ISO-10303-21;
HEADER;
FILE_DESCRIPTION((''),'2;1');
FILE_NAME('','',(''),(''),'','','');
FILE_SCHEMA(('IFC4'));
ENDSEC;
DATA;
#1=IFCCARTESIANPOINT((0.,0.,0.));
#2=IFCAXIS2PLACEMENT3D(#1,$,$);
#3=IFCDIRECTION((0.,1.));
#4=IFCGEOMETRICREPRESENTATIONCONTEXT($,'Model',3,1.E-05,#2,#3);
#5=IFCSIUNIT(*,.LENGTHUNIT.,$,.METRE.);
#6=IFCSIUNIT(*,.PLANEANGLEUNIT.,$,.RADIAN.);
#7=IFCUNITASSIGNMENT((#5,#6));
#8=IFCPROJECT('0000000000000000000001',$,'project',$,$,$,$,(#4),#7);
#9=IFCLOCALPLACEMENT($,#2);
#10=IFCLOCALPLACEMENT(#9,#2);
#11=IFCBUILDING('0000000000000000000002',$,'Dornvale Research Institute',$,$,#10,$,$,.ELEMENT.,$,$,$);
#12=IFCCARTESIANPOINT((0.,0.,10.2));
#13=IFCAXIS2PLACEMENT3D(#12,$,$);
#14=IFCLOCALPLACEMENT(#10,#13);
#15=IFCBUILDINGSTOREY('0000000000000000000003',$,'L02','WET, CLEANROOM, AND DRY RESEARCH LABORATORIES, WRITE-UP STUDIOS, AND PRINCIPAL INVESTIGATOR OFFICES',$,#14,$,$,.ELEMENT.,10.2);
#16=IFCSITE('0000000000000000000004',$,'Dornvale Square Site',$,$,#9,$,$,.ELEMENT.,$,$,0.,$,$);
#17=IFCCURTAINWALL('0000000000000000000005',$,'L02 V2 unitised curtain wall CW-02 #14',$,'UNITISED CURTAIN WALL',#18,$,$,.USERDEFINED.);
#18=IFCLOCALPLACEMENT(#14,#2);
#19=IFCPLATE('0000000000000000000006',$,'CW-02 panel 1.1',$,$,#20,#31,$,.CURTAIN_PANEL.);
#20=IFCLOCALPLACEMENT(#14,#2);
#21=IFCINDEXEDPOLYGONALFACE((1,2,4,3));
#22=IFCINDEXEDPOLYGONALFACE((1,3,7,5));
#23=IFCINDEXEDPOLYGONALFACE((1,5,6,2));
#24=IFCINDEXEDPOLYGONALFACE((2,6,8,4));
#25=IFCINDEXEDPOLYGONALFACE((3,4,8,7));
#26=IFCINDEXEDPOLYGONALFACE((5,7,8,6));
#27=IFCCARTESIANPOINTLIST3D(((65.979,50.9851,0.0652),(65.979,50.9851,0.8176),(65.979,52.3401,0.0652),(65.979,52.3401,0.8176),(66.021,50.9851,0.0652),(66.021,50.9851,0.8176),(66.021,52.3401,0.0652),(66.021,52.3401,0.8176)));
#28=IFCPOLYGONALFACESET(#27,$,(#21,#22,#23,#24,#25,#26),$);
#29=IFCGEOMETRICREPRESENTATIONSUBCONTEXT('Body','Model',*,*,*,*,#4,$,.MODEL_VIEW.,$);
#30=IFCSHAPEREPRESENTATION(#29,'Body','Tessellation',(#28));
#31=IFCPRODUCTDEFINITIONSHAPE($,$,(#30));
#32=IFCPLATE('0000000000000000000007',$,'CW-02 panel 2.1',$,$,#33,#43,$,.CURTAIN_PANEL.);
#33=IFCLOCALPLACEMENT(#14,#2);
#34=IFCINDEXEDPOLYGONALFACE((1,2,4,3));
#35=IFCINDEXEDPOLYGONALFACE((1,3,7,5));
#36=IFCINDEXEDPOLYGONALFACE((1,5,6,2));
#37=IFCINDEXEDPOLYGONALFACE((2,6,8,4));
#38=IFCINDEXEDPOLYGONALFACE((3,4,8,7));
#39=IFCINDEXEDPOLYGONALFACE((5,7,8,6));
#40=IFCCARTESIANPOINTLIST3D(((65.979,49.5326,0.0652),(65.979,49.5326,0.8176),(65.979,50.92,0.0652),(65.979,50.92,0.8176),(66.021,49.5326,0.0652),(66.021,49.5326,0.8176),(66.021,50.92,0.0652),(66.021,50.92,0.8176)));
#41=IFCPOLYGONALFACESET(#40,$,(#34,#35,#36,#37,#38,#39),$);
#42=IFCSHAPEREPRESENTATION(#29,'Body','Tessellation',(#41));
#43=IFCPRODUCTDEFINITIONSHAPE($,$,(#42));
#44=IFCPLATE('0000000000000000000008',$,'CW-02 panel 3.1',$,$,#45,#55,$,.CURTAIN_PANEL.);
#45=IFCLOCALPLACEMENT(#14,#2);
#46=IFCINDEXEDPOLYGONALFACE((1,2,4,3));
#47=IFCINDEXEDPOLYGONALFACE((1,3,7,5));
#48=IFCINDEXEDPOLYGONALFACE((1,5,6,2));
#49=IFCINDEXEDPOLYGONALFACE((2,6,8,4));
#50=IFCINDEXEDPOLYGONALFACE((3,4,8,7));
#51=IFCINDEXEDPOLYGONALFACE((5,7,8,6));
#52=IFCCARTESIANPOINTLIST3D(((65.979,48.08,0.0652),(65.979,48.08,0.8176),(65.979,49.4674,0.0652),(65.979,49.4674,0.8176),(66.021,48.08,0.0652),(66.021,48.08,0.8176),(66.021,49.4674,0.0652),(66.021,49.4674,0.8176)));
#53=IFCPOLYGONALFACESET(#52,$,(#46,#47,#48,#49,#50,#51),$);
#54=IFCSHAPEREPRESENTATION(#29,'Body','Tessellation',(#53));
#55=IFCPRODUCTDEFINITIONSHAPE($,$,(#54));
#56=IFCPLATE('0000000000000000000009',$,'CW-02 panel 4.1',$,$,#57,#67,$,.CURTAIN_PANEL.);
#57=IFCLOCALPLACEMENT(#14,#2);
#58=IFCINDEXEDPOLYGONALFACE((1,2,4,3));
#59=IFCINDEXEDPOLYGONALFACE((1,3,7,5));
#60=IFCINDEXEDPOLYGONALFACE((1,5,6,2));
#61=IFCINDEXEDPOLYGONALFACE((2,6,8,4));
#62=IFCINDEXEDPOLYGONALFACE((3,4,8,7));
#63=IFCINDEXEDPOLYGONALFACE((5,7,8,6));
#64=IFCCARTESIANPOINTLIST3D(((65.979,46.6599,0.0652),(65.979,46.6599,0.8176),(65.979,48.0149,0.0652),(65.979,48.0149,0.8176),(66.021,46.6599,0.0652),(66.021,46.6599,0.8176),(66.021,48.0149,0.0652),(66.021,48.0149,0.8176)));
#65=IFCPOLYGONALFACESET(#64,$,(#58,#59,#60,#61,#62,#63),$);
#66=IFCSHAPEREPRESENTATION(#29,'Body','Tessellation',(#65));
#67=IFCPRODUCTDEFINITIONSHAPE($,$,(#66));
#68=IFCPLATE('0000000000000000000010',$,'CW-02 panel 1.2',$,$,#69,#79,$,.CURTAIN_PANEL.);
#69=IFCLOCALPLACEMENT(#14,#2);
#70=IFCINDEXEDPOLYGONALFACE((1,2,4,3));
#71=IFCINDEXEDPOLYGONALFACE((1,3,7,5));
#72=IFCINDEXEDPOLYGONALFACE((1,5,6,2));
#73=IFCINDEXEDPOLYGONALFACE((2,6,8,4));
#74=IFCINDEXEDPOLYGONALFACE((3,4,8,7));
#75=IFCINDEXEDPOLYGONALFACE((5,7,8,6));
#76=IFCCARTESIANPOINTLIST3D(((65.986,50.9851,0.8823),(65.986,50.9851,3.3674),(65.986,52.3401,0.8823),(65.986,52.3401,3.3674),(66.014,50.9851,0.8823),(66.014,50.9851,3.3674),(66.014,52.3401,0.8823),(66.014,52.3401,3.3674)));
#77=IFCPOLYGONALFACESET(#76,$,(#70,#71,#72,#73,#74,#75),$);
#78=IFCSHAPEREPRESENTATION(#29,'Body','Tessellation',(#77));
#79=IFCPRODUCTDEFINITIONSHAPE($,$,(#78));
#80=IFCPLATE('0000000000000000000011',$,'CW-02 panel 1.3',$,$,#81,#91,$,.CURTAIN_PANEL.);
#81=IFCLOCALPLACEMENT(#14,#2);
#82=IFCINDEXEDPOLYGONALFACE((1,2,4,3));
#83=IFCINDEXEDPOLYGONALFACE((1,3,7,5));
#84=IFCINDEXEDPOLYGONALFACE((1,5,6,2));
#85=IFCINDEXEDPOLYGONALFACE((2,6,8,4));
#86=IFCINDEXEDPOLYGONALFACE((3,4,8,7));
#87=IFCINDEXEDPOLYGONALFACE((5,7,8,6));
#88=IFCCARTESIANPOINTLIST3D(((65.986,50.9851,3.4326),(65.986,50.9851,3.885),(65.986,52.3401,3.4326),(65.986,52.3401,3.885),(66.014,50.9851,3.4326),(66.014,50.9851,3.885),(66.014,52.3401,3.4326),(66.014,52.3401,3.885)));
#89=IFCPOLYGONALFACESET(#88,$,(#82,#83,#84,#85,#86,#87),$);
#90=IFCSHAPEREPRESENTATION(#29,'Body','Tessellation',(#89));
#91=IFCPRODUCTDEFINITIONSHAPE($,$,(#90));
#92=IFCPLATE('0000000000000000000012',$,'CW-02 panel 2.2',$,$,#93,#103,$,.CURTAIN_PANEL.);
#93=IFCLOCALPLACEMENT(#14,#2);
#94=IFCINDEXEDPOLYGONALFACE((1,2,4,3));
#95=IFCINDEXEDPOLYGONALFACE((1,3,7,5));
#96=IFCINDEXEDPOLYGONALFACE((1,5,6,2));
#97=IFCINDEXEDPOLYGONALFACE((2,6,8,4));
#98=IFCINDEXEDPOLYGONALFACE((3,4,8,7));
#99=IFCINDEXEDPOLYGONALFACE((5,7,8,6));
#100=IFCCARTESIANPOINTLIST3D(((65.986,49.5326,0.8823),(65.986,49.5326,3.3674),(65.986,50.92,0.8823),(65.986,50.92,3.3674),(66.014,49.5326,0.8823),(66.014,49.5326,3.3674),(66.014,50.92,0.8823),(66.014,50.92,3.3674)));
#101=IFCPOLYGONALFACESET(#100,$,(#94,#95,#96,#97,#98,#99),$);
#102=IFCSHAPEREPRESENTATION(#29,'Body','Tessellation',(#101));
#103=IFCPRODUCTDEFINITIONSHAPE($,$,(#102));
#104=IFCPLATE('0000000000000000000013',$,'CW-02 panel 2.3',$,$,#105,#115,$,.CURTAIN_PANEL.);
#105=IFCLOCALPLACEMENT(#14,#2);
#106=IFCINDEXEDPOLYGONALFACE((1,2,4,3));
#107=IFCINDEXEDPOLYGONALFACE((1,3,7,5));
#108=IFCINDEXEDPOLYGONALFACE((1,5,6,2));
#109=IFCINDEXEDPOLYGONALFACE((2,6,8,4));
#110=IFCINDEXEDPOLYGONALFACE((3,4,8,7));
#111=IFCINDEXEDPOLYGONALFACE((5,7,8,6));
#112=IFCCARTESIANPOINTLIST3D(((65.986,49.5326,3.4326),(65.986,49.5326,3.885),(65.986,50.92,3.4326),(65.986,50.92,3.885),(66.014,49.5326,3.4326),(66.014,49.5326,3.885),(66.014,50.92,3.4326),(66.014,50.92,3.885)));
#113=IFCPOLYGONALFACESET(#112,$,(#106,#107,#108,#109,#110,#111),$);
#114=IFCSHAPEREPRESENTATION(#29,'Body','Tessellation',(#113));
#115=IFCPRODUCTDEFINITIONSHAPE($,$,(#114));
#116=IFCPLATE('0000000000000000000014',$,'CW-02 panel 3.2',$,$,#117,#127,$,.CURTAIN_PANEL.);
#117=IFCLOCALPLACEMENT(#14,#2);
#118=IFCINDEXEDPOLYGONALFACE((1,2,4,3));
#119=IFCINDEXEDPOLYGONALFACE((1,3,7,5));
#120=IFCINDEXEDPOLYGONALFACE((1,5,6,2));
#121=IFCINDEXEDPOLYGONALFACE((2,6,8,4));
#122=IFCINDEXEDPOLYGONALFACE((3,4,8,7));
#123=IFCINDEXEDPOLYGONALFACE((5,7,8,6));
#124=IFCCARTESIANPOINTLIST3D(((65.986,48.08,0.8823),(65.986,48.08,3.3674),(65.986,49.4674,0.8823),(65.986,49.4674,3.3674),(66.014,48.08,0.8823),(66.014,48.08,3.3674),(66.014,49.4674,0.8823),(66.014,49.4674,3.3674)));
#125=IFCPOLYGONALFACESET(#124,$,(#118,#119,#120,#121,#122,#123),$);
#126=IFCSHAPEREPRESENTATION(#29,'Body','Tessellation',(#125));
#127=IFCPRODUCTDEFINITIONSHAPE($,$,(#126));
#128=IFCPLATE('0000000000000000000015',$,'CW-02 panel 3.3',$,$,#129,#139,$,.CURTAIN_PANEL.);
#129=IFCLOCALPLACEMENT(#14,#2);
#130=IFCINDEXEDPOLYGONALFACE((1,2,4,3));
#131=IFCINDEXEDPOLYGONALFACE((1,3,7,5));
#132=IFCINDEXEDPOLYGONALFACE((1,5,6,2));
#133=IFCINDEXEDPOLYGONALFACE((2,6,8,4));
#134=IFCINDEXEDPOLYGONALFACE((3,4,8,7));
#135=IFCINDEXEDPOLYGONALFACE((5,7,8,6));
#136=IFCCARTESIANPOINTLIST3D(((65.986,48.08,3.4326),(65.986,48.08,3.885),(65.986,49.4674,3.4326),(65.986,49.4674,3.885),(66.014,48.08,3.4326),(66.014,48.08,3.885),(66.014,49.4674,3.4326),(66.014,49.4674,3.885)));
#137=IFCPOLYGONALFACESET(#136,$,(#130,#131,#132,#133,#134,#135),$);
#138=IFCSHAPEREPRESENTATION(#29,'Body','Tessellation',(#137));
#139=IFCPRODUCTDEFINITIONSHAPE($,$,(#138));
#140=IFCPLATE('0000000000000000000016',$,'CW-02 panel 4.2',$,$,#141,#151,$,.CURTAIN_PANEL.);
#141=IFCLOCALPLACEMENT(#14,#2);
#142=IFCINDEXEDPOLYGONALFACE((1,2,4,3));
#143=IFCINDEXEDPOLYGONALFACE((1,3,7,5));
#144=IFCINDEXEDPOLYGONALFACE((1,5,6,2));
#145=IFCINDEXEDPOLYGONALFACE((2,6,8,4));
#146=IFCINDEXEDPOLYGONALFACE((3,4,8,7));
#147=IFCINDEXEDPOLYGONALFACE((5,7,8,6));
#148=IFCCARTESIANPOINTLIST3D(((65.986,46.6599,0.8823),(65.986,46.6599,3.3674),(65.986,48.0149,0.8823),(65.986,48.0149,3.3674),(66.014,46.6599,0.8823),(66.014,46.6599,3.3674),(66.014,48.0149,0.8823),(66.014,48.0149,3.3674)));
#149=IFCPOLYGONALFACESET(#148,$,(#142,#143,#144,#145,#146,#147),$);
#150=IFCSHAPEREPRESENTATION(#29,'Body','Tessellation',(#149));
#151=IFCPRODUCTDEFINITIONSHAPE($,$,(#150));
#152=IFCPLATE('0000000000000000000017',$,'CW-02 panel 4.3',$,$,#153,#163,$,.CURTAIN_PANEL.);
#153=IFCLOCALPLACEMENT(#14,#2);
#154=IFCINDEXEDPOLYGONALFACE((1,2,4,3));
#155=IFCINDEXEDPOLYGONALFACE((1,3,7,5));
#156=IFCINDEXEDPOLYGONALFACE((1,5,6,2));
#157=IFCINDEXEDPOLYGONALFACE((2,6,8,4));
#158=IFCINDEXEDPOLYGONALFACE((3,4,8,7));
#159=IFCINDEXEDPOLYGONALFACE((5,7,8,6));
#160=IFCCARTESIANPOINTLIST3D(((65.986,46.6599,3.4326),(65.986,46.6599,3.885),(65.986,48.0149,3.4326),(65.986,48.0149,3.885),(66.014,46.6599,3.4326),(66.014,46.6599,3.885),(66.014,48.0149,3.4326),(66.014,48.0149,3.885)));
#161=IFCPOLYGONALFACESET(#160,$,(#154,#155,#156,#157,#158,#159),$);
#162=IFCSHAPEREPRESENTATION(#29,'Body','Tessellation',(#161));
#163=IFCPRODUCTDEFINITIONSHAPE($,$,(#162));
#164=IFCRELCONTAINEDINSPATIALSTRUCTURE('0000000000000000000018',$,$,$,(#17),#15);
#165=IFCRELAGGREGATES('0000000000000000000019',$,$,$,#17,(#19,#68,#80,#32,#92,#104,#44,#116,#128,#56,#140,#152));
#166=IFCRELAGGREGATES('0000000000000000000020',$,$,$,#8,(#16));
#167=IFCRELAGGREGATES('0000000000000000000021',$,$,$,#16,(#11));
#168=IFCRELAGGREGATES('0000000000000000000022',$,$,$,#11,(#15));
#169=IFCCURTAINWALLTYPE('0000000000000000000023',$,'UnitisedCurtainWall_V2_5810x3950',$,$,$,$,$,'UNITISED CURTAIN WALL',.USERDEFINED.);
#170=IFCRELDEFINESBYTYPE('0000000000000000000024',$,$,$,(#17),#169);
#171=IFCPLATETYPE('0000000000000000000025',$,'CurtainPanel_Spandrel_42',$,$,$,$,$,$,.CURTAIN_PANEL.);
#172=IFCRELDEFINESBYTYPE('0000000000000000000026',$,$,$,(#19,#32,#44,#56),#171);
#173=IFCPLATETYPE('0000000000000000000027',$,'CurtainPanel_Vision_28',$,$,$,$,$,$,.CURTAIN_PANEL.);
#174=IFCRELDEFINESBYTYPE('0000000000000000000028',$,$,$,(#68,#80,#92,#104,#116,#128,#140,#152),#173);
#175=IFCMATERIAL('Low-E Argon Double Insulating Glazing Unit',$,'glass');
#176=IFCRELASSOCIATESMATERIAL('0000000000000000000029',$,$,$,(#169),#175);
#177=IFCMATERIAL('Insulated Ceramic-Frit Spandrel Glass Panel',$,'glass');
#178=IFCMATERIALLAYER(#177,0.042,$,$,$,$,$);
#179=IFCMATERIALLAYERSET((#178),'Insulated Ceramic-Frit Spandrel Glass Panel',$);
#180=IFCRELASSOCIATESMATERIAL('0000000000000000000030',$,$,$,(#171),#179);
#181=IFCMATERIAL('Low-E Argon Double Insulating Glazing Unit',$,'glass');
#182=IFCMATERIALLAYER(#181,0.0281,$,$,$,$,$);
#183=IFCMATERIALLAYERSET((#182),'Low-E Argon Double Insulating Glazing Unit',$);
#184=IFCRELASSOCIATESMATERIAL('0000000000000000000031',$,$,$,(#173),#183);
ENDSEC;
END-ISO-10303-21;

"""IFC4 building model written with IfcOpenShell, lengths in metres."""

from ifc_helpers import new_model, si_unit, direction, frame, origin, origin_2d, place, context, subcontext, project, spatial, rectangle, extrude, material, layer, layer_set, type_object, element, aggregate, save


model = new_model("IFC4")

# Units and contexts
model_context = context("Model", 3, precision=1e-05, world=origin(), true_north=direction((0.0, 1.0)))
body_context = subcontext(model_context, "Body", "Model", "MODEL_VIEW")
ifc_project = project(units=[si_unit("LENGTHUNIT", "METRE"), si_unit("PLANEANGLEUNIT", "RADIAN")], contexts=[model_context])

# Site, building, storey
site_placement = place(None, origin())
site = spatial("IfcSite", under=ifc_project, at=site_placement, Name="Dornvale Square Site", CompositionType="ELEMENT", RefElevation=0.0)
building_placement = place(site_placement, origin())
building = spatial("IfcBuilding", under=site, at=building_placement, Name="Dornvale Research Institute", CompositionType="ELEMENT")
storey_placement = place(building_placement, frame((0.0, 0.0, 10.2)))
storey = spatial("IfcBuildingStorey", under=building, at=storey_placement, Name="L02", Description="WET, CLEANROOM, AND DRY RESEARCH LABORATORIES, WRITE-UP STUDIOS, AND PRINCIPAL INVESTIGATOR OFFICES", CompositionType="ELEMENT", Elevation=10.2)

# Curtain wall, plates
ifc_material_1 = material(Name="Low-E Argon Double Insulating Glazing Unit", Category="glass")
curtain_wall_type = type_object("IfcCurtainWallType", Name="UnitisedCurtainWall_V2_5810x3950", ElementType="UNITISED CURTAIN WALL", PredefinedType="USERDEFINED", material=ifc_material_1)
curtain_wall_placement = place(storey_placement, origin())
curtain_wall = element("IfcCurtainWall", 1, at=curtain_wall_placement, inside=storey, type_object=curtain_wall_type, Name="L02 V2 unitised curtain wall CW-02 #14", ObjectType="UNITISED CURTAIN WALL", PredefinedType="USERDEFINED")
ifc_material_2 = material(Name="Insulated Ceramic-Frit Spandrel Glass Panel", Category="glass")
ifc_layer_1 = layer(ifc_material_2, 0.042)
ifc_layer_set_1 = layer_set([ifc_layer_1], Name="Insulated Ceramic-Frit Spandrel Glass Panel")
plate_type_1 = type_object("IfcPlateType", Name="CurtainPanel_Spandrel_42", PredefinedType="CURTAIN_PANEL", material=ifc_layer_set_1)
plate_1_placement = place(storey_placement, frame((66.0, 51.6626, 0.0652), z_axis=(0.0, 0.0, 1.0), x_axis=(0.0, -1.0, 0.0)))
plate_1 = element("IfcPlate", 2, at=plate_1_placement, type_object=plate_type_1, Name="CW-02 panel 1.1", PredefinedType="CURTAIN_PANEL", context=body_context, shape_type="SweptSolid", body=[
    extrude(rectangle(XDim=1.355, YDim=0.042, at=origin_2d()), origin(), (0.0, 0.0, 1.0), 0.7524),
])
plate_2_placement = place(storey_placement, frame((66.0, 50.2263, 0.0652), z_axis=(0.0, 0.0, 1.0), x_axis=(0.0, -1.0, 0.0)))
plate_2 = element("IfcPlate", 3, at=plate_2_placement, type_object=plate_type_1, Name="CW-02 panel 2.1", PredefinedType="CURTAIN_PANEL", context=body_context, shape_type="SweptSolid", body=[
    extrude(rectangle(XDim=1.3875, YDim=0.042, at=origin_2d()), origin(), (0.0, 0.0, 1.0), 0.7524),
])
plate_3_placement = place(storey_placement, frame((66.0, 48.7737, 0.0652), z_axis=(0.0, 0.0, 1.0), x_axis=(0.0, -1.0, 0.0)))
plate_3 = element("IfcPlate", 4, at=plate_3_placement, type_object=plate_type_1, Name="CW-02 panel 3.1", PredefinedType="CURTAIN_PANEL", context=body_context, shape_type="SweptSolid", body=[
    extrude(rectangle(XDim=1.3875, YDim=0.042, at=origin_2d()), origin(), (0.0, 0.0, 1.0), 0.7524),
])
plate_4_placement = place(storey_placement, frame((66.0, 47.3374, 0.0652), z_axis=(0.0, 0.0, 1.0), x_axis=(0.0, -1.0, 0.0)))
plate_4 = element("IfcPlate", 5, at=plate_4_placement, type_object=plate_type_1, Name="CW-02 panel 4.1", PredefinedType="CURTAIN_PANEL", context=body_context, shape_type="SweptSolid", body=[
    extrude(rectangle(XDim=1.355, YDim=0.042, at=origin_2d()), origin(), (0.0, 0.0, 1.0), 0.7524),
])
ifc_material_3 = material(Name="Low-E Argon Double Insulating Glazing Unit", Category="glass")
ifc_layer_2 = layer(ifc_material_3, 0.0281)
ifc_layer_set_2 = layer_set([ifc_layer_2], Name="Low-E Argon Double Insulating Glazing Unit")
plate_type_2 = type_object("IfcPlateType", Name="CurtainPanel_Vision_28", PredefinedType="CURTAIN_PANEL", material=ifc_layer_set_2)
plate_5_placement = place(storey_placement, frame((66.0, 51.6626, 0.8823), z_axis=(0.0, 0.0, 1.0), x_axis=(0.0, -1.0, 0.0)))
plate_5 = element("IfcPlate", 6, at=plate_5_placement, type_object=plate_type_2, Name="CW-02 panel 1.2", PredefinedType="CURTAIN_PANEL", context=body_context, shape_type="SweptSolid", body=[
    extrude(rectangle(XDim=1.355, YDim=0.0281, at=origin_2d()), origin(), (0.0, 0.0, 1.0), 2.4851),
])
plate_6_placement = place(storey_placement, frame((66.0, 51.6626, 3.4326), z_axis=(0.0, 0.0, 1.0), x_axis=(0.0, -1.0, 0.0)))
plate_6 = element("IfcPlate", 7, at=plate_6_placement, type_object=plate_type_2, Name="CW-02 panel 1.3", PredefinedType="CURTAIN_PANEL", context=body_context, shape_type="SweptSolid", body=[
    extrude(rectangle(XDim=1.355, YDim=0.0281, at=origin_2d()), origin(), (0.0, 0.0, 1.0), 0.4524),
])
plate_7_placement = place(storey_placement, frame((66.0, 50.2263, 0.8823), z_axis=(0.0, 0.0, 1.0), x_axis=(0.0, -1.0, 0.0)))
plate_7 = element("IfcPlate", 8, at=plate_7_placement, type_object=plate_type_2, Name="CW-02 panel 2.2", PredefinedType="CURTAIN_PANEL", context=body_context, shape_type="SweptSolid", body=[
    extrude(rectangle(XDim=1.3875, YDim=0.0281, at=origin_2d()), origin(), (0.0, 0.0, 1.0), 2.4851),
])
plate_8_placement = place(storey_placement, frame((66.0, 50.2263, 3.4326), z_axis=(0.0, 0.0, 1.0), x_axis=(0.0, -1.0, 0.0)))
plate_8 = element("IfcPlate", 9, at=plate_8_placement, type_object=plate_type_2, Name="CW-02 panel 2.3", PredefinedType="CURTAIN_PANEL", context=body_context, shape_type="SweptSolid", body=[
    extrude(rectangle(XDim=1.3875, YDim=0.0281, at=origin_2d()), origin(), (0.0, 0.0, 1.0), 0.4524),
])
plate_9_placement = place(storey_placement, frame((66.0, 48.7737, 0.8823), z_axis=(0.0, 0.0, 1.0), x_axis=(0.0, -1.0, 0.0)))
plate_9 = element("IfcPlate", 10, at=plate_9_placement, type_object=plate_type_2, Name="CW-02 panel 3.2", PredefinedType="CURTAIN_PANEL", context=body_context, shape_type="SweptSolid", body=[
    extrude(rectangle(XDim=1.3875, YDim=0.0281, at=origin_2d()), origin(), (0.0, 0.0, 1.0), 2.4851),
])
plate_10_placement = place(storey_placement, frame((66.0, 48.7737, 3.4326), z_axis=(0.0, 0.0, 1.0), x_axis=(0.0, -1.0, 0.0)))
plate_10 = element("IfcPlate", 11, at=plate_10_placement, type_object=plate_type_2, Name="CW-02 panel 3.3", PredefinedType="CURTAIN_PANEL", context=body_context, shape_type="SweptSolid", body=[
    extrude(rectangle(XDim=1.3875, YDim=0.0281, at=origin_2d()), origin(), (0.0, 0.0, 1.0), 0.4524),
])
plate_11_placement = place(storey_placement, frame((66.0, 47.3374, 0.8823), z_axis=(0.0, 0.0, 1.0), x_axis=(0.0, -1.0, 0.0)))
plate_11 = element("IfcPlate", 12, at=plate_11_placement, type_object=plate_type_2, Name="CW-02 panel 4.2", PredefinedType="CURTAIN_PANEL", context=body_context, shape_type="SweptSolid", body=[
    extrude(rectangle(XDim=1.355, YDim=0.0281, at=origin_2d()), origin(), (0.0, 0.0, 1.0), 2.4851),
])
plate_12_placement = place(storey_placement, frame((66.0, 47.3374, 3.4326), z_axis=(0.0, 0.0, 1.0), x_axis=(0.0, -1.0, 0.0)))
plate_12 = element("IfcPlate", 13, at=plate_12_placement, type_object=plate_type_2, Name="CW-02 panel 4.3", PredefinedType="CURTAIN_PANEL", context=body_context, shape_type="SweptSolid", body=[
    extrude(rectangle(XDim=1.355, YDim=0.0281, at=origin_2d()), origin(), (0.0, 0.0, 1.0), 0.4524),
])
aggregate(curtain_wall, [plate_1, plate_5, plate_6, plate_2, plate_7, plate_8, plate_3, plate_9, plate_10, plate_4, plate_11, plate_12])

save(model, "model.ifc")
